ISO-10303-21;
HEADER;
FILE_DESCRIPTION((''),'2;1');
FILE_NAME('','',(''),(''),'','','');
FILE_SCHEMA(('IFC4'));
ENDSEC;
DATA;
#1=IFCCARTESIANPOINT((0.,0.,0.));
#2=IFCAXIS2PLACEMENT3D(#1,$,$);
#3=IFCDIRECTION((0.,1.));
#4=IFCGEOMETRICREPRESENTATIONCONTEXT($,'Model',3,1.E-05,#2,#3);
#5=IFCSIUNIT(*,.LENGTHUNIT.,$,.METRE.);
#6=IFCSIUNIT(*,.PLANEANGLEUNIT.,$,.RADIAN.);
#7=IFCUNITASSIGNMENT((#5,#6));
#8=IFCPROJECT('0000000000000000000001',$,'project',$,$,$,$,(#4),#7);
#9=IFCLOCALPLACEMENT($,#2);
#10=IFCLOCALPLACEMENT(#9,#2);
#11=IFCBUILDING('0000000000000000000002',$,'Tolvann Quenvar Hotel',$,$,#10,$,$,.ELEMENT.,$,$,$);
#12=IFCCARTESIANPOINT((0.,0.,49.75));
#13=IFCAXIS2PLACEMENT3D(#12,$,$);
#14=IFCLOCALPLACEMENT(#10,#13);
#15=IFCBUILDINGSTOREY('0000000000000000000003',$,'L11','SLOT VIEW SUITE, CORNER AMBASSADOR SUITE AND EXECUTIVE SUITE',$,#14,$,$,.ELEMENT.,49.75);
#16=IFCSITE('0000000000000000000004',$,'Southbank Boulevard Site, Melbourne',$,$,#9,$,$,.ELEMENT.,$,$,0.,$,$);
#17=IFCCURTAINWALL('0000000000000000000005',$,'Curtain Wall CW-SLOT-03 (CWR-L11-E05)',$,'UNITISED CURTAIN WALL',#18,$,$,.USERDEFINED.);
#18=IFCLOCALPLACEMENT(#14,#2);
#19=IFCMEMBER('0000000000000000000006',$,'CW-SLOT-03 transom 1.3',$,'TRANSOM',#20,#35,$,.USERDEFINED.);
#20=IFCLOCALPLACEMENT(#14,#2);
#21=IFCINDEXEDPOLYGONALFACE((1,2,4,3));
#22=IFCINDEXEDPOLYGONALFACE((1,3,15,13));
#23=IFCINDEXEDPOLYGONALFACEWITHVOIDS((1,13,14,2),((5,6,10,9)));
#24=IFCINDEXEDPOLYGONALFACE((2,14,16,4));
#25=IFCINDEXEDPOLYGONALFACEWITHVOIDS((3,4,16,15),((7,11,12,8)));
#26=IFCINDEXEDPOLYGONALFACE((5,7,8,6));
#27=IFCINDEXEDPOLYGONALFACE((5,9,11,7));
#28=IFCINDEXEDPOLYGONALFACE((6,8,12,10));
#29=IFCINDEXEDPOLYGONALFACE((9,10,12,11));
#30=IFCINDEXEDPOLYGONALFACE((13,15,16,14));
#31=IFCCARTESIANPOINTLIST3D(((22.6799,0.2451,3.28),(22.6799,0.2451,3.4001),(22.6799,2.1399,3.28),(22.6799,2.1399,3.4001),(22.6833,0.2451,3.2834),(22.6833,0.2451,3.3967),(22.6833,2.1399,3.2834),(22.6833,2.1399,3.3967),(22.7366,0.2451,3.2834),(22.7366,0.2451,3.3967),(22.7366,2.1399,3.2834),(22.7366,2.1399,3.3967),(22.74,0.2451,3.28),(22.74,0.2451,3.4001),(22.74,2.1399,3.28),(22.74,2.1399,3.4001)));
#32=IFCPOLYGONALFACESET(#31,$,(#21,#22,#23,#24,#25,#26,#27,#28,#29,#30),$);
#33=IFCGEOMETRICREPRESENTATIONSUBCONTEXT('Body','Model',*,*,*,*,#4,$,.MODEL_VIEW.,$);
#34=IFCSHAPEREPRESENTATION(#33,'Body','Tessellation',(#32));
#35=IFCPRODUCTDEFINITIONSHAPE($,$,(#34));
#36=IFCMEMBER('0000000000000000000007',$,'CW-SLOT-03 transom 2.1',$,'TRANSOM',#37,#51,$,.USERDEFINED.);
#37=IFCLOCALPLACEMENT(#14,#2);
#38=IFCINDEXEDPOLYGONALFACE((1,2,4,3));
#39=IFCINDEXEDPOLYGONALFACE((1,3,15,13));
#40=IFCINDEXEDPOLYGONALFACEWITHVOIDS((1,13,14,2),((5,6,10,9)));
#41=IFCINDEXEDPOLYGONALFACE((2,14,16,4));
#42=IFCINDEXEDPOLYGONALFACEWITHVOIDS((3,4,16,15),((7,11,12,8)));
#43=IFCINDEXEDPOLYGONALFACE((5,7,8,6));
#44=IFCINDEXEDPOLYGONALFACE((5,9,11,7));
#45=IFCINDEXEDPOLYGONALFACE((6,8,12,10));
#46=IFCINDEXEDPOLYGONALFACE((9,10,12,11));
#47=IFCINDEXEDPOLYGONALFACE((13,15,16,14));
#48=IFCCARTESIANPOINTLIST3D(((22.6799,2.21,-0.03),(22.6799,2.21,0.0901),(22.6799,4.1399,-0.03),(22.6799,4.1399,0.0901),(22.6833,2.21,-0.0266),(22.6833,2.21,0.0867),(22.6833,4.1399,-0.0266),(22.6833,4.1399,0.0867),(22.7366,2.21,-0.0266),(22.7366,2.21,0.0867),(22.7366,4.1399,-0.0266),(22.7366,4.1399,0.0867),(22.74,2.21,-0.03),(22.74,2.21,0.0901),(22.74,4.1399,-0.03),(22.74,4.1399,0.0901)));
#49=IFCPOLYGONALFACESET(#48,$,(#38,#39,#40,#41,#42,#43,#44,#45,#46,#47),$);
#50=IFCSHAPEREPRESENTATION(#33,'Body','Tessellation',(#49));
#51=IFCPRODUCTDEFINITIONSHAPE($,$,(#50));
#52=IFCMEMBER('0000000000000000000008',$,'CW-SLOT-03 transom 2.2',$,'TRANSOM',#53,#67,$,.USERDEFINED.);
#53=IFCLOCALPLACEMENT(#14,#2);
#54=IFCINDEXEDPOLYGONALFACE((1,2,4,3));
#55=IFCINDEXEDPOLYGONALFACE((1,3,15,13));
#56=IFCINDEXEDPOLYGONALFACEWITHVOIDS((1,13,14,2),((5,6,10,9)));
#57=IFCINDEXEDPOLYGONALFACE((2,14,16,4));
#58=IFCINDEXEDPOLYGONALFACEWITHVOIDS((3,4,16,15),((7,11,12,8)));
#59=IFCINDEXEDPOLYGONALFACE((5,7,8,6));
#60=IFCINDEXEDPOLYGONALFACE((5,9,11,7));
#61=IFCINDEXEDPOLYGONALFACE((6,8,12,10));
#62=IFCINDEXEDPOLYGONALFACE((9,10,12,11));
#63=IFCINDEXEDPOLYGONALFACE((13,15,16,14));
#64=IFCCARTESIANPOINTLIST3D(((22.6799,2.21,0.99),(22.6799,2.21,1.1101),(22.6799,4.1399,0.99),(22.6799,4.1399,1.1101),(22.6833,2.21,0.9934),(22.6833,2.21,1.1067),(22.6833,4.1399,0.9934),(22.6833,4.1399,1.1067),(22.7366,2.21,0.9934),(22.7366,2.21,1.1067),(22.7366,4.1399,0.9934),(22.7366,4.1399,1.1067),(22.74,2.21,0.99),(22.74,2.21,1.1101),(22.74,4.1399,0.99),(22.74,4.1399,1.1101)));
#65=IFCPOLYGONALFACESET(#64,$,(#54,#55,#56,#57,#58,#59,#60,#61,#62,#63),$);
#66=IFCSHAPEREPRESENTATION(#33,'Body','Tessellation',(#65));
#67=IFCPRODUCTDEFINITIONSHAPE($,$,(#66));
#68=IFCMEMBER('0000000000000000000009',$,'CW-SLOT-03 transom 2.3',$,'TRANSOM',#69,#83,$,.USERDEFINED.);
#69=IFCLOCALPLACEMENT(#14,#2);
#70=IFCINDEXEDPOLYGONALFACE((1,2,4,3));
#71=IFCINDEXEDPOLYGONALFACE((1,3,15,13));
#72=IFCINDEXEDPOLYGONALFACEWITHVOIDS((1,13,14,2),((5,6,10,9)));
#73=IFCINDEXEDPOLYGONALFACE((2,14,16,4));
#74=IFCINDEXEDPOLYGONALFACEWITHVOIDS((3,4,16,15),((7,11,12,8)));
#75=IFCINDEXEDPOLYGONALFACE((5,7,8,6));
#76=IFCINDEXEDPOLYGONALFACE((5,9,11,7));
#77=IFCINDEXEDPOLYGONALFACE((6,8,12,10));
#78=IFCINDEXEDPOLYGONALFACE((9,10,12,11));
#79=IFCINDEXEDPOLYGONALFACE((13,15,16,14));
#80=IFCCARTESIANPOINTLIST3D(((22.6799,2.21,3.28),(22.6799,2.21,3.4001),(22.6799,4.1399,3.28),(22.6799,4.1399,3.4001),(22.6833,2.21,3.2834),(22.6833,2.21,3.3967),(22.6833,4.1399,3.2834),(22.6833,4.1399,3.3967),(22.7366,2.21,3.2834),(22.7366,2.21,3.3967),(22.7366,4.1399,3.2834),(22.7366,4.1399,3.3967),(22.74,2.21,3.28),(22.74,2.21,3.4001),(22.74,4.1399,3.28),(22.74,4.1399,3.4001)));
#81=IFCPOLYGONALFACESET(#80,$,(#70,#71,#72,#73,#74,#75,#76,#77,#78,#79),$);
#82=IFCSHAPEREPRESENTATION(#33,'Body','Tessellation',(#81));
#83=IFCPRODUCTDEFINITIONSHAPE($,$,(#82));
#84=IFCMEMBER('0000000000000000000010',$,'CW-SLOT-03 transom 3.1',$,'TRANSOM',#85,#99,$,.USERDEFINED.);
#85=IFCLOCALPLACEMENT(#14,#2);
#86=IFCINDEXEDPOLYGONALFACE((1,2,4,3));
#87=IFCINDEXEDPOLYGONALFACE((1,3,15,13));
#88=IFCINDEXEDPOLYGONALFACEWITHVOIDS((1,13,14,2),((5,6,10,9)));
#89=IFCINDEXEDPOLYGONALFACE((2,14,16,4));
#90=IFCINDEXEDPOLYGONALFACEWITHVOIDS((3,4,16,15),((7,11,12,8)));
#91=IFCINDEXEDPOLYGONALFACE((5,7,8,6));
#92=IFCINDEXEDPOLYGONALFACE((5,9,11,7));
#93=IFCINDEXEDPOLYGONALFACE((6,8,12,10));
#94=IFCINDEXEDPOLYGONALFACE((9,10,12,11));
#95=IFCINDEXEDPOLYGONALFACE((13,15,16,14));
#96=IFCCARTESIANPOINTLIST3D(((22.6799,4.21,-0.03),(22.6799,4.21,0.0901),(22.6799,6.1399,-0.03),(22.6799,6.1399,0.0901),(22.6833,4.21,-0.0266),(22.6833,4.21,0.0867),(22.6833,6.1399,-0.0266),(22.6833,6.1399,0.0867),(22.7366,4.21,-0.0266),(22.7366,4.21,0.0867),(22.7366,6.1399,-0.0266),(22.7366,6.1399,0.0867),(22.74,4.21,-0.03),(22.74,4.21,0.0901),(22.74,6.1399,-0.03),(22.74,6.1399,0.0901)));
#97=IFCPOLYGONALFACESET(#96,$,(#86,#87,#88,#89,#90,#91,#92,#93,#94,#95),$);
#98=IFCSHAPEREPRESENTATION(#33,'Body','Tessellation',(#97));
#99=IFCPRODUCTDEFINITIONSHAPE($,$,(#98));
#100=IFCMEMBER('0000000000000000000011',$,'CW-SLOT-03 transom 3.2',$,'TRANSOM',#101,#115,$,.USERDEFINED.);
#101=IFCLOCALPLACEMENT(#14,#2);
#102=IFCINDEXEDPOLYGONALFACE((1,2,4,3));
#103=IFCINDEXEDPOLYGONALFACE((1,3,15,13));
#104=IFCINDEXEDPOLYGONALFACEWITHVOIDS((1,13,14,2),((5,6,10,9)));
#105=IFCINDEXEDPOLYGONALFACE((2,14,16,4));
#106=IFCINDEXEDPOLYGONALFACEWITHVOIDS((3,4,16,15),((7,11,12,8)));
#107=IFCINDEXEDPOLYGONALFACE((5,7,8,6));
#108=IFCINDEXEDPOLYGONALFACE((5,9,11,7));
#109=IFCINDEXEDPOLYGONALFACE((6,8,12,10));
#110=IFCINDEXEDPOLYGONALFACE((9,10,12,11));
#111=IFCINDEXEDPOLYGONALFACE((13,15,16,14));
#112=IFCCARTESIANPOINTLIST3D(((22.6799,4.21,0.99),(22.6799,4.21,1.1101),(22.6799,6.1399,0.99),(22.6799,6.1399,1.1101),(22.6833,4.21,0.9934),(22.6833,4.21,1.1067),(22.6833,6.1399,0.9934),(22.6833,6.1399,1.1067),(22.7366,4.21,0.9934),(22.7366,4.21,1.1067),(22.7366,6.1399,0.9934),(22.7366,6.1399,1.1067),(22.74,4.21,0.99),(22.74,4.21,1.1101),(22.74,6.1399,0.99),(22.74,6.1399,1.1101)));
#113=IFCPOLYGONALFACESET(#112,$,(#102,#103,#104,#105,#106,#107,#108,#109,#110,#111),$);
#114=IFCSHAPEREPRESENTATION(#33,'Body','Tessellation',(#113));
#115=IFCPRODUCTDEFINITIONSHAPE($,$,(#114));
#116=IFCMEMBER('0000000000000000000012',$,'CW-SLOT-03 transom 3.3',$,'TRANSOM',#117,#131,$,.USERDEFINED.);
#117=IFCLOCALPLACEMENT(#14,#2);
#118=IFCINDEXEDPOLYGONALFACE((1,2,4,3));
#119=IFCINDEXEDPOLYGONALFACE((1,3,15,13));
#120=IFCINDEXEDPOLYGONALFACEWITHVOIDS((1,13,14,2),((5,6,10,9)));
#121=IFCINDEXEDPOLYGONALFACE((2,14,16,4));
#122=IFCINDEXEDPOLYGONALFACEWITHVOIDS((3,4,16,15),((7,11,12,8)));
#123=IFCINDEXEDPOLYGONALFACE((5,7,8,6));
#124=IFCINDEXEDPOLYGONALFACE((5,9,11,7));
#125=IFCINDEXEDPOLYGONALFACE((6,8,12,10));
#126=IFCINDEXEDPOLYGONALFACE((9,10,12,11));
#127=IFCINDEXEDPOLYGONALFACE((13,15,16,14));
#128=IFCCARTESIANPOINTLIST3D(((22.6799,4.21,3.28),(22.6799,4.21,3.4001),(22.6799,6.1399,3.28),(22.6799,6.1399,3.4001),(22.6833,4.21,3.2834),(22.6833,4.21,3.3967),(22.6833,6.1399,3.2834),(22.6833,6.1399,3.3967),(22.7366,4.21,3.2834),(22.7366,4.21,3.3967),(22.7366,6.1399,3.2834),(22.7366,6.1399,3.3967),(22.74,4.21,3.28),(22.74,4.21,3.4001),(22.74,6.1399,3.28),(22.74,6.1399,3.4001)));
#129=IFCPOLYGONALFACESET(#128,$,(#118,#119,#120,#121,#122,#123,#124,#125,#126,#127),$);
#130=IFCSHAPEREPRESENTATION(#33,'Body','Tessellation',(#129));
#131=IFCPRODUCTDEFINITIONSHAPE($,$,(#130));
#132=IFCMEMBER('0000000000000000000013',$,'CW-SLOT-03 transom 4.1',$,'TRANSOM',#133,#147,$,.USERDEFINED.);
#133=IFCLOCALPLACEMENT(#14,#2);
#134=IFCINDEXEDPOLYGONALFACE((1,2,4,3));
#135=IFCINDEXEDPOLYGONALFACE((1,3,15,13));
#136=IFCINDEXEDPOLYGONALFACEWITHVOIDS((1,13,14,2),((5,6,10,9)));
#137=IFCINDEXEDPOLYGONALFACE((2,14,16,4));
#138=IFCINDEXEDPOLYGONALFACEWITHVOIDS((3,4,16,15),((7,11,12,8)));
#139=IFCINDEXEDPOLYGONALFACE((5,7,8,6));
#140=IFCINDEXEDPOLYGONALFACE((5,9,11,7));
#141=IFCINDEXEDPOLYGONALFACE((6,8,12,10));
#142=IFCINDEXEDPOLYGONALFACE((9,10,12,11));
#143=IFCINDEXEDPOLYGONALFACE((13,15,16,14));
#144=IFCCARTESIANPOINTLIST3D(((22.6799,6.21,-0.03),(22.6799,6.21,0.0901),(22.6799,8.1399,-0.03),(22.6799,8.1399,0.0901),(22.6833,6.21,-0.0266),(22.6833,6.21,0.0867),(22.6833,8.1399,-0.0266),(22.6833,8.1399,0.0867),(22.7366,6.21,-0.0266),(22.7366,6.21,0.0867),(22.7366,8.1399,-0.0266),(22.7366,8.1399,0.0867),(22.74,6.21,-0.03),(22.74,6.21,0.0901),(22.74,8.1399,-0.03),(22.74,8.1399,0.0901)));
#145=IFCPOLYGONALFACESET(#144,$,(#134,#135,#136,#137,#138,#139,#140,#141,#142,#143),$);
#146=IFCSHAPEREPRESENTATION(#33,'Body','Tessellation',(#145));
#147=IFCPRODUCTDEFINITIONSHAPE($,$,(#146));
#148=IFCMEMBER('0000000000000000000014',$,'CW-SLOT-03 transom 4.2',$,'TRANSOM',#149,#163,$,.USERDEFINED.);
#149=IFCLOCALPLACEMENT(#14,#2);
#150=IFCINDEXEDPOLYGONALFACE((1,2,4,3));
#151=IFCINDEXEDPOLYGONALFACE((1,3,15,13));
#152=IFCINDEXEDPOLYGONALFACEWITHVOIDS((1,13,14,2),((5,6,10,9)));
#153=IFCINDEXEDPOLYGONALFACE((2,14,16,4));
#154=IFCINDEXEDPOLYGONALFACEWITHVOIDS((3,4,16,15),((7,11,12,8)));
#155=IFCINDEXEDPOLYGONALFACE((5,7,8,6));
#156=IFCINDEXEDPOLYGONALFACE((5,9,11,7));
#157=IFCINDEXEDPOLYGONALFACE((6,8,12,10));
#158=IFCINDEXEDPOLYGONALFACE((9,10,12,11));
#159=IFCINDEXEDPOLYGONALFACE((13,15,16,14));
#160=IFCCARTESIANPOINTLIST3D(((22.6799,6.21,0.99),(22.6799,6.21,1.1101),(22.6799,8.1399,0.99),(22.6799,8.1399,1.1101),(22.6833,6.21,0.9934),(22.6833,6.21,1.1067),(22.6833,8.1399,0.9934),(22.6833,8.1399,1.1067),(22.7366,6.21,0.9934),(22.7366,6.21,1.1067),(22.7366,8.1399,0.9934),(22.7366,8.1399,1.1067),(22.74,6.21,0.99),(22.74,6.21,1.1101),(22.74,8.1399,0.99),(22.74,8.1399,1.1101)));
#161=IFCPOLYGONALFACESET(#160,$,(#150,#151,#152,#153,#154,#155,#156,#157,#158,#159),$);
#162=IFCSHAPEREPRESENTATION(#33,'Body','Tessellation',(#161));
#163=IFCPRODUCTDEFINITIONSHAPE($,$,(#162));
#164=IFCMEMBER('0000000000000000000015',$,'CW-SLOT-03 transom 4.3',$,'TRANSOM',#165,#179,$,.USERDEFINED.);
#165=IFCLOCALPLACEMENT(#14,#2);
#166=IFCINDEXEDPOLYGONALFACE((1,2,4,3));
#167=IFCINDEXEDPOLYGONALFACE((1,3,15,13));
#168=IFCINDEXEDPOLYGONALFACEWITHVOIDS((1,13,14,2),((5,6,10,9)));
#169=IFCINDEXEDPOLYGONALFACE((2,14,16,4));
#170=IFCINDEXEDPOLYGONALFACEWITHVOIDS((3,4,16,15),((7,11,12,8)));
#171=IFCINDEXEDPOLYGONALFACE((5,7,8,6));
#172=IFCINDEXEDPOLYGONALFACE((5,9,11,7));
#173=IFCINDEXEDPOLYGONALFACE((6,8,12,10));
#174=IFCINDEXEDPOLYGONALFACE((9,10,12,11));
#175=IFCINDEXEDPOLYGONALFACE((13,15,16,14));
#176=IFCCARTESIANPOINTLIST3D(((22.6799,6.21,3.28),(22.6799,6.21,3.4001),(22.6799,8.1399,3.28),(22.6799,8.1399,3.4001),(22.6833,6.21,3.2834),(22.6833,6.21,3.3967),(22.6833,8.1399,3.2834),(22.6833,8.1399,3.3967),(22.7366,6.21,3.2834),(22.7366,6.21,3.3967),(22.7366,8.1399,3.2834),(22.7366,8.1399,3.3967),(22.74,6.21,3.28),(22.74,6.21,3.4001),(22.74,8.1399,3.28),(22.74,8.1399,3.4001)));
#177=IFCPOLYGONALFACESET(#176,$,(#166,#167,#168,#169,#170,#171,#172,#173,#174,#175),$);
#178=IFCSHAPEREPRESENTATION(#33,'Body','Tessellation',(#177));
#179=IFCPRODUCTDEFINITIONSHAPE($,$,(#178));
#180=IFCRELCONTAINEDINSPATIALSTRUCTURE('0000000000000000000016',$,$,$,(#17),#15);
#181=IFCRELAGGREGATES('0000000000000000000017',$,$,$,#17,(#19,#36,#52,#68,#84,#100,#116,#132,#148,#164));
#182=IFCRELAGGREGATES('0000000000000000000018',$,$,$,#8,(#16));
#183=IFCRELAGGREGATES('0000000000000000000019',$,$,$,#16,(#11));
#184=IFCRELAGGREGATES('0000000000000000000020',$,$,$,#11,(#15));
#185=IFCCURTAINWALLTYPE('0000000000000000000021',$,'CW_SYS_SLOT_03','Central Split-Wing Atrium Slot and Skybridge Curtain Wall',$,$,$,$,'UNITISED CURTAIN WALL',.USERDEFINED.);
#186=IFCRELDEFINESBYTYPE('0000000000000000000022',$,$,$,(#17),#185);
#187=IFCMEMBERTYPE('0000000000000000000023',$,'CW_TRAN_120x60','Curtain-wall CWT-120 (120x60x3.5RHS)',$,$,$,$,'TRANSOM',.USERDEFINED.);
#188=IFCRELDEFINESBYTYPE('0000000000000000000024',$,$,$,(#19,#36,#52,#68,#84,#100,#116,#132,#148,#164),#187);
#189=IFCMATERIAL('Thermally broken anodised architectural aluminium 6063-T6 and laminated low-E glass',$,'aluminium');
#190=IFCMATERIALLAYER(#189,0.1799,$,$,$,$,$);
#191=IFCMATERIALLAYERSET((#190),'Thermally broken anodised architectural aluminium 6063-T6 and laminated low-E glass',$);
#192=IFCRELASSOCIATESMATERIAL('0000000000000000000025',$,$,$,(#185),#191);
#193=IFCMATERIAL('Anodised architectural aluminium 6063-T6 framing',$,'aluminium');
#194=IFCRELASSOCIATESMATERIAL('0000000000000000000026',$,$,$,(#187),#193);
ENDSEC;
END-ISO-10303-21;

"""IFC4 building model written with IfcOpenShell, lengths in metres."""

from ifc_helpers import new_model, si_unit, direction, frame, origin, origin_2d, place, context, subcontext, project, spatial, hollow_rectangle, extrude, source, transform, mapped, material, layer, layer_set, material_profile, profile_set, type_object, type_shapes, element, aggregate, save


model = new_model("IFC4")

# Units and contexts
model_context = context("Model", 3, precision=1e-05, world=origin(), true_north=direction((0.0, 1.0)))
body_context = subcontext(model_context, "Body", "Model", "MODEL_VIEW")
ifc_project = project(units=[si_unit("LENGTHUNIT", "METRE"), si_unit("PLANEANGLEUNIT", "RADIAN")], contexts=[model_context])

# Site, building, storey
site_placement = place(None, origin())
site = spatial("IfcSite", under=ifc_project, at=site_placement, Name="Southbank Boulevard Site, Melbourne", CompositionType="ELEMENT", RefElevation=0.0)
building_placement = place(site_placement, origin())
building = spatial("IfcBuilding", under=site, at=building_placement, Name="Tolvann Quenvar Hotel", CompositionType="ELEMENT")
storey_placement = place(building_placement, frame((0.0, 0.0, 49.75)))
storey = spatial("IfcBuildingStorey", under=building, at=storey_placement, Name="L11", Description="SLOT VIEW SUITE, CORNER AMBASSADOR SUITE AND EXECUTIVE SUITE", CompositionType="ELEMENT", Elevation=49.75)

# Curtain wall, members
ifc_material_1 = material(Name="Thermally broken anodised architectural aluminium 6063-T6 and laminated low-E glass", Category="aluminium")
ifc_layer_1 = layer(ifc_material_1, 0.1799)
ifc_layer_set_1 = layer_set([ifc_layer_1], Name="Thermally broken anodised architectural aluminium 6063-T6 and laminated low-E glass")
curtain_wall_type = type_object("IfcCurtainWallType", Name="CW_SYS_SLOT_03", Description="Central Split-Wing Atrium Slot and Skybridge Curtain Wall", ElementType="UNITISED CURTAIN WALL", PredefinedType="USERDEFINED", material=ifc_layer_set_1)
curtain_wall_placement = place(storey_placement, origin())
curtain_wall = element("IfcCurtainWall", 1, at=curtain_wall_placement, inside=storey, type_object=curtain_wall_type, Name="Curtain Wall CW-SLOT-03 (CWR-L11-E05)", ObjectType="UNITISED CURTAIN WALL", PredefinedType="USERDEFINED")
ifc_material_2 = material(Name="Anodised architectural aluminium 6063-T6 framing", Category="aluminium")
ifc_material_profile_1 = material_profile(ifc_material_2, hollow_rectangle(XDim=0.0601, YDim=0.1201, WallThickness=0.0034, at=origin_2d()), Name="120x60x3.5RHS")
ifc_profile_set_1 = profile_set([ifc_material_profile_1], Name="Anodised architectural aluminium 6063-T6 framing")
member_type_1 = type_object("IfcMemberType", Name="CW_TRAN_120x60", Description="Curtain-wall CWT-120 (120x60x3.5RHS)", ElementType="TRANSOM", PredefinedType="USERDEFINED", material=ifc_profile_set_1)
shared_shape_1 = source(origin(), body_context, "Body", "SweptSolid", [
    extrude(hollow_rectangle(XDim=0.0601, YDim=0.1201, WallThickness=0.0034, at=origin_2d()), origin(), (0.0, 0.0, 1.0), 1.8948),
])
member_1_placement = place(storey_placement, frame((22.71, 0.2451, 3.3401), z_axis=(0.0, 1.0, 0.0), x_axis=(-1.0, 0.0, 0.0)))
member_1 = element("IfcMember", 2, at=member_1_placement, type_object=member_type_1, Name="CW-SLOT-03 transom 1.3", ObjectType="TRANSOM", PredefinedType="USERDEFINED", context=body_context, shape_type="MappedRepresentation", body=[
    mapped(shared_shape_1, transform((0.0, 0.0, 0.0), x_axis=(1.0, 0.0, 0.0), y_axis=(0.0, 1.0, 0.0), z_axis=(0.0, 0.0, 1.0), scale=1.0)),
])
shared_shape_2 = source(origin(), body_context, "Body", "SweptSolid", [
    extrude(hollow_rectangle(XDim=0.0601, YDim=0.1201, WallThickness=0.0034, at=origin_2d()), origin(), (0.0, 0.0, 1.0), 1.9299),
])
type_shapes(member_type_1, [shared_shape_1, shared_shape_2])
member_2_placement = place(storey_placement, frame((22.71, 2.21, 0.03), z_axis=(0.0, 1.0, 0.0), x_axis=(-1.0, 0.0, 0.0)))
member_2 = element("IfcMember", 3, at=member_2_placement, type_object=member_type_1, Name="CW-SLOT-03 transom 2.1", ObjectType="TRANSOM", PredefinedType="USERDEFINED", context=body_context, shape_type="MappedRepresentation", body=[
    mapped(shared_shape_2, transform((0.0, 0.0, 0.0), x_axis=(1.0, 0.0, 0.0), y_axis=(0.0, 1.0, 0.0), z_axis=(0.0, 0.0, 1.0), scale=1.0)),
])
member_3_placement = place(storey_placement, frame((22.71, 2.21, 1.05), z_axis=(0.0, 1.0, 0.0), x_axis=(-1.0, 0.0, 0.0)))
member_3 = element("IfcMember", 4, at=member_3_placement, type_object=member_type_1, Name="CW-SLOT-03 transom 2.2", ObjectType="TRANSOM", PredefinedType="USERDEFINED", context=body_context, shape_type="MappedRepresentation", body=[
    mapped(shared_shape_2, transform((0.0, 0.0, 0.0), x_axis=(1.0, 0.0, 0.0), y_axis=(0.0, 1.0, 0.0), z_axis=(0.0, 0.0, 1.0), scale=1.0)),
])
member_4_placement = place(storey_placement, frame((22.71, 2.21, 3.3401), z_axis=(0.0, 1.0, 0.0), x_axis=(-1.0, 0.0, 0.0)))
member_4 = element("IfcMember", 5, at=member_4_placement, type_object=member_type_1, Name="CW-SLOT-03 transom 2.3", ObjectType="TRANSOM", PredefinedType="USERDEFINED", context=body_context, shape_type="MappedRepresentation", body=[
    mapped(shared_shape_2, transform((0.0, 0.0, 0.0), x_axis=(1.0, 0.0, 0.0), y_axis=(0.0, 1.0, 0.0), z_axis=(0.0, 0.0, 1.0), scale=1.0)),
])
member_5_placement = place(storey_placement, frame((22.71, 4.21, 0.03), z_axis=(0.0, 1.0, 0.0), x_axis=(-1.0, 0.0, 0.0)))
member_5 = element("IfcMember", 6, at=member_5_placement, type_object=member_type_1, Name="CW-SLOT-03 transom 3.1", ObjectType="TRANSOM", PredefinedType="USERDEFINED", context=body_context, shape_type="MappedRepresentation", body=[
    mapped(shared_shape_2, transform((0.0, 0.0, 0.0), x_axis=(1.0, 0.0, 0.0), y_axis=(0.0, 1.0, 0.0), z_axis=(0.0, 0.0, 1.0), scale=1.0)),
])
member_6_placement = place(storey_placement, frame((22.71, 4.21, 1.05), z_axis=(0.0, 1.0, 0.0), x_axis=(-1.0, 0.0, 0.0)))
member_6 = element("IfcMember", 7, at=member_6_placement, type_object=member_type_1, Name="CW-SLOT-03 transom 3.2", ObjectType="TRANSOM", PredefinedType="USERDEFINED", context=body_context, shape_type="MappedRepresentation", body=[
    mapped(shared_shape_2, transform((0.0, 0.0, 0.0), x_axis=(1.0, 0.0, 0.0), y_axis=(0.0, 1.0, 0.0), z_axis=(0.0, 0.0, 1.0), scale=1.0)),
])
member_7_placement = place(storey_placement, frame((22.71, 4.21, 3.3401), z_axis=(0.0, 1.0, 0.0), x_axis=(-1.0, 0.0, 0.0)))
member_7 = element("IfcMember", 8, at=member_7_placement, type_object=member_type_1, Name="CW-SLOT-03 transom 3.3", ObjectType="TRANSOM", PredefinedType="USERDEFINED", context=body_context, shape_type="MappedRepresentation", body=[
    mapped(shared_shape_2, transform((0.0, 0.0, 0.0), x_axis=(1.0, 0.0, 0.0), y_axis=(0.0, 1.0, 0.0), z_axis=(0.0, 0.0, 1.0), scale=1.0)),
])
member_8_placement = place(storey_placement, frame((22.71, 6.21, 0.03), z_axis=(0.0, 1.0, 0.0), x_axis=(-1.0, 0.0, 0.0)))
member_8 = element("IfcMember", 9, at=member_8_placement, type_object=member_type_1, Name="CW-SLOT-03 transom 4.1", ObjectType="TRANSOM", PredefinedType="USERDEFINED", context=body_context, shape_type="MappedRepresentation", body=[
    mapped(shared_shape_2, transform((0.0, 0.0, 0.0), x_axis=(1.0, 0.0, 0.0), y_axis=(0.0, 1.0, 0.0), z_axis=(0.0, 0.0, 1.0), scale=1.0)),
])
member_9_placement = place(storey_placement, frame((22.71, 6.21, 1.05), z_axis=(0.0, 1.0, 0.0), x_axis=(-1.0, 0.0, 0.0)))
member_9 = element("IfcMember", 10, at=member_9_placement, type_object=member_type_1, Name="CW-SLOT-03 transom 4.2", ObjectType="TRANSOM", PredefinedType="USERDEFINED", context=body_context, shape_type="MappedRepresentation", body=[
    mapped(shared_shape_2, transform((0.0, 0.0, 0.0), x_axis=(1.0, 0.0, 0.0), y_axis=(0.0, 1.0, 0.0), z_axis=(0.0, 0.0, 1.0), scale=1.0)),
])
member_10_placement = place(storey_placement, frame((22.71, 6.21, 3.3401), z_axis=(0.0, 1.0, 0.0), x_axis=(-1.0, 0.0, 0.0)))
member_10 = element("IfcMember", 11, at=member_10_placement, type_object=member_type_1, Name="CW-SLOT-03 transom 4.3", ObjectType="TRANSOM", PredefinedType="USERDEFINED", context=body_context, shape_type="MappedRepresentation", body=[
    mapped(shared_shape_2, transform((0.0, 0.0, 0.0), x_axis=(1.0, 0.0, 0.0), y_axis=(0.0, 1.0, 0.0), z_axis=(0.0, 0.0, 1.0), scale=1.0)),
])
aggregate(curtain_wall, [member_1, member_2, member_3, member_4, member_5, member_6, member_7, member_8, member_9, member_10])

save(model, "model.ifc")
